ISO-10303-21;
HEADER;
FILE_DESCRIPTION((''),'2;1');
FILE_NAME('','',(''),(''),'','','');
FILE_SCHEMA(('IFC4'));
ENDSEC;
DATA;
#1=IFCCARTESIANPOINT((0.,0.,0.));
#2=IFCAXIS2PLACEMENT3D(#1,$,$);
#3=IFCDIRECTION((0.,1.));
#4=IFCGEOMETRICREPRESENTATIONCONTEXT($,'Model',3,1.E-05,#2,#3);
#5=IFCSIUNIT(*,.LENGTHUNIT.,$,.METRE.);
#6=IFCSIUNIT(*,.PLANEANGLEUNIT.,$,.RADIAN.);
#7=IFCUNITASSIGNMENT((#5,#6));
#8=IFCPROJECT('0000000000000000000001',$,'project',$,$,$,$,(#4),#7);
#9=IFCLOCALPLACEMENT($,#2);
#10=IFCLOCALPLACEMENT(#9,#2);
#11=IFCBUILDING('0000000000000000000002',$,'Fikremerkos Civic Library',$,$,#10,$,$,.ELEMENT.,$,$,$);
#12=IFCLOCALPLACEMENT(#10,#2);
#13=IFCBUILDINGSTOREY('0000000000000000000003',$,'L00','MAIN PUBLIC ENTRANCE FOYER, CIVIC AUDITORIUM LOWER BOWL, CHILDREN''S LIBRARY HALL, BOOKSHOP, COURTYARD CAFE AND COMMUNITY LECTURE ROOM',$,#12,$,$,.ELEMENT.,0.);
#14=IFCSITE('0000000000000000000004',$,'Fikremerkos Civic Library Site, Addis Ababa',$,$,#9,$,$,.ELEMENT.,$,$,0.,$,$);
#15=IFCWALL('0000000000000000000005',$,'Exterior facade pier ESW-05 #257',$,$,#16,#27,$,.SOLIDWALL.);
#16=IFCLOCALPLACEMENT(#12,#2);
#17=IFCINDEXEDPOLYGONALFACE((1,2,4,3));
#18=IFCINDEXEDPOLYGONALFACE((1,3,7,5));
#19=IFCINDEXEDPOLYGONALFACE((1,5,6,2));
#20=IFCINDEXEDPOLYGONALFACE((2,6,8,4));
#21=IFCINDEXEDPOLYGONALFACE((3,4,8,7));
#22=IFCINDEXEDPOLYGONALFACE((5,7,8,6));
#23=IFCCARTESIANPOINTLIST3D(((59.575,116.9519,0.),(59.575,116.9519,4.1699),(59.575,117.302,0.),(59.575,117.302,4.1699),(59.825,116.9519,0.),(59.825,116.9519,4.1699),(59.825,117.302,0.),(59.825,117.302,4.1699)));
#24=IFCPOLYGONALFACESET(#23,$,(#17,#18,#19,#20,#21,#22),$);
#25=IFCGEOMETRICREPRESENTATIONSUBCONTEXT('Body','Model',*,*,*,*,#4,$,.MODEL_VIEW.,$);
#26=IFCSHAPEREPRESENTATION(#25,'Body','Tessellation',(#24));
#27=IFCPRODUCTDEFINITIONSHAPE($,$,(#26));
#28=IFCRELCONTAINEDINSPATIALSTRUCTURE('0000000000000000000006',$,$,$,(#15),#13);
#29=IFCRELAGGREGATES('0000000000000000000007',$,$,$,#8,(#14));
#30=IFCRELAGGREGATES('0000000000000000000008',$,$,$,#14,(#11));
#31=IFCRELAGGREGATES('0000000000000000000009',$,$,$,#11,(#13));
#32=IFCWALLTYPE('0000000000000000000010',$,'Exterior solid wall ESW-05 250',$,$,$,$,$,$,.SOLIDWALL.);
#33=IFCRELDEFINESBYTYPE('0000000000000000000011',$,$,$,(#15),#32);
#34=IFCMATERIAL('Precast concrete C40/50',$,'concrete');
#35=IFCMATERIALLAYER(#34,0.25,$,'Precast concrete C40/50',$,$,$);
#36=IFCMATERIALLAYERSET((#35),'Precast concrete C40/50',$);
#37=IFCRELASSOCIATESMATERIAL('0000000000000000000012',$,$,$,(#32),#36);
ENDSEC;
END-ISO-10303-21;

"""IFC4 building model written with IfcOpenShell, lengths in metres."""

from ifc_helpers import new_model, si_unit, direction, frame, frame_2d, origin, place, context, subcontext, project, spatial, rectangle, extrude, material, layer, layer_set, type_object, element, save


model = new_model("IFC4")

# Units and contexts
model_context = context("Model", 3, precision=1e-05, world=origin(), true_north=direction((0.0, 1.0)))
body_context = subcontext(model_context, "Body", "Model", "MODEL_VIEW")
ifc_project = project(units=[si_unit("LENGTHUNIT", "METRE"), si_unit("PLANEANGLEUNIT", "RADIAN")], contexts=[model_context])

# Site, building, storey
site_placement = place(None, origin())
site = spatial("IfcSite", under=ifc_project, at=site_placement, Name="Fikremerkos Civic Library Site, Addis Ababa", CompositionType="ELEMENT", RefElevation=0.0)
building_placement = place(site_placement, origin())
building = spatial("IfcBuilding", under=site, at=building_placement, Name="Fikremerkos Civic Library", CompositionType="ELEMENT")
storey_placement = place(building_placement, origin())
storey = spatial("IfcBuildingStorey", under=building, at=storey_placement, Name="L00", Description="MAIN PUBLIC ENTRANCE FOYER, CIVIC AUDITORIUM LOWER BOWL, CHILDREN'S LIBRARY HALL, BOOKSHOP, COURTYARD CAFE AND COMMUNITY LECTURE ROOM", CompositionType="ELEMENT", Elevation=0.0)

# Wall
ifc_material_1 = material(Name="Precast concrete C40/50", Category="concrete")
ifc_layer_1 = layer(ifc_material_1, 0.25, Name="Precast concrete C40/50")
ifc_layer_set_1 = layer_set([ifc_layer_1], Name="Precast concrete C40/50")
wall_type = type_object("IfcWallType", Name="Exterior solid wall ESW-05 250", PredefinedType="SOLIDWALL", material=ifc_layer_set_1)
wall_placement = place(storey_placement, frame((59.7, 116.9519, 0.0), z_axis=(0.0, 0.0, 1.0), x_axis=(0.0, 1.0, 0.0)))
element("IfcWall", 1, at=wall_placement, inside=storey, type_object=wall_type, Name="Exterior facade pier ESW-05 #257", PredefinedType="SOLIDWALL", context=body_context, shape_type="SweptSolid", body=[
    extrude(rectangle(XDim=0.3501, YDim=0.25, at=frame_2d((0.175, 0.0))), origin(), (0.0, 0.0, 1.0), 4.1699),
])

save(model, "model.ifc")
